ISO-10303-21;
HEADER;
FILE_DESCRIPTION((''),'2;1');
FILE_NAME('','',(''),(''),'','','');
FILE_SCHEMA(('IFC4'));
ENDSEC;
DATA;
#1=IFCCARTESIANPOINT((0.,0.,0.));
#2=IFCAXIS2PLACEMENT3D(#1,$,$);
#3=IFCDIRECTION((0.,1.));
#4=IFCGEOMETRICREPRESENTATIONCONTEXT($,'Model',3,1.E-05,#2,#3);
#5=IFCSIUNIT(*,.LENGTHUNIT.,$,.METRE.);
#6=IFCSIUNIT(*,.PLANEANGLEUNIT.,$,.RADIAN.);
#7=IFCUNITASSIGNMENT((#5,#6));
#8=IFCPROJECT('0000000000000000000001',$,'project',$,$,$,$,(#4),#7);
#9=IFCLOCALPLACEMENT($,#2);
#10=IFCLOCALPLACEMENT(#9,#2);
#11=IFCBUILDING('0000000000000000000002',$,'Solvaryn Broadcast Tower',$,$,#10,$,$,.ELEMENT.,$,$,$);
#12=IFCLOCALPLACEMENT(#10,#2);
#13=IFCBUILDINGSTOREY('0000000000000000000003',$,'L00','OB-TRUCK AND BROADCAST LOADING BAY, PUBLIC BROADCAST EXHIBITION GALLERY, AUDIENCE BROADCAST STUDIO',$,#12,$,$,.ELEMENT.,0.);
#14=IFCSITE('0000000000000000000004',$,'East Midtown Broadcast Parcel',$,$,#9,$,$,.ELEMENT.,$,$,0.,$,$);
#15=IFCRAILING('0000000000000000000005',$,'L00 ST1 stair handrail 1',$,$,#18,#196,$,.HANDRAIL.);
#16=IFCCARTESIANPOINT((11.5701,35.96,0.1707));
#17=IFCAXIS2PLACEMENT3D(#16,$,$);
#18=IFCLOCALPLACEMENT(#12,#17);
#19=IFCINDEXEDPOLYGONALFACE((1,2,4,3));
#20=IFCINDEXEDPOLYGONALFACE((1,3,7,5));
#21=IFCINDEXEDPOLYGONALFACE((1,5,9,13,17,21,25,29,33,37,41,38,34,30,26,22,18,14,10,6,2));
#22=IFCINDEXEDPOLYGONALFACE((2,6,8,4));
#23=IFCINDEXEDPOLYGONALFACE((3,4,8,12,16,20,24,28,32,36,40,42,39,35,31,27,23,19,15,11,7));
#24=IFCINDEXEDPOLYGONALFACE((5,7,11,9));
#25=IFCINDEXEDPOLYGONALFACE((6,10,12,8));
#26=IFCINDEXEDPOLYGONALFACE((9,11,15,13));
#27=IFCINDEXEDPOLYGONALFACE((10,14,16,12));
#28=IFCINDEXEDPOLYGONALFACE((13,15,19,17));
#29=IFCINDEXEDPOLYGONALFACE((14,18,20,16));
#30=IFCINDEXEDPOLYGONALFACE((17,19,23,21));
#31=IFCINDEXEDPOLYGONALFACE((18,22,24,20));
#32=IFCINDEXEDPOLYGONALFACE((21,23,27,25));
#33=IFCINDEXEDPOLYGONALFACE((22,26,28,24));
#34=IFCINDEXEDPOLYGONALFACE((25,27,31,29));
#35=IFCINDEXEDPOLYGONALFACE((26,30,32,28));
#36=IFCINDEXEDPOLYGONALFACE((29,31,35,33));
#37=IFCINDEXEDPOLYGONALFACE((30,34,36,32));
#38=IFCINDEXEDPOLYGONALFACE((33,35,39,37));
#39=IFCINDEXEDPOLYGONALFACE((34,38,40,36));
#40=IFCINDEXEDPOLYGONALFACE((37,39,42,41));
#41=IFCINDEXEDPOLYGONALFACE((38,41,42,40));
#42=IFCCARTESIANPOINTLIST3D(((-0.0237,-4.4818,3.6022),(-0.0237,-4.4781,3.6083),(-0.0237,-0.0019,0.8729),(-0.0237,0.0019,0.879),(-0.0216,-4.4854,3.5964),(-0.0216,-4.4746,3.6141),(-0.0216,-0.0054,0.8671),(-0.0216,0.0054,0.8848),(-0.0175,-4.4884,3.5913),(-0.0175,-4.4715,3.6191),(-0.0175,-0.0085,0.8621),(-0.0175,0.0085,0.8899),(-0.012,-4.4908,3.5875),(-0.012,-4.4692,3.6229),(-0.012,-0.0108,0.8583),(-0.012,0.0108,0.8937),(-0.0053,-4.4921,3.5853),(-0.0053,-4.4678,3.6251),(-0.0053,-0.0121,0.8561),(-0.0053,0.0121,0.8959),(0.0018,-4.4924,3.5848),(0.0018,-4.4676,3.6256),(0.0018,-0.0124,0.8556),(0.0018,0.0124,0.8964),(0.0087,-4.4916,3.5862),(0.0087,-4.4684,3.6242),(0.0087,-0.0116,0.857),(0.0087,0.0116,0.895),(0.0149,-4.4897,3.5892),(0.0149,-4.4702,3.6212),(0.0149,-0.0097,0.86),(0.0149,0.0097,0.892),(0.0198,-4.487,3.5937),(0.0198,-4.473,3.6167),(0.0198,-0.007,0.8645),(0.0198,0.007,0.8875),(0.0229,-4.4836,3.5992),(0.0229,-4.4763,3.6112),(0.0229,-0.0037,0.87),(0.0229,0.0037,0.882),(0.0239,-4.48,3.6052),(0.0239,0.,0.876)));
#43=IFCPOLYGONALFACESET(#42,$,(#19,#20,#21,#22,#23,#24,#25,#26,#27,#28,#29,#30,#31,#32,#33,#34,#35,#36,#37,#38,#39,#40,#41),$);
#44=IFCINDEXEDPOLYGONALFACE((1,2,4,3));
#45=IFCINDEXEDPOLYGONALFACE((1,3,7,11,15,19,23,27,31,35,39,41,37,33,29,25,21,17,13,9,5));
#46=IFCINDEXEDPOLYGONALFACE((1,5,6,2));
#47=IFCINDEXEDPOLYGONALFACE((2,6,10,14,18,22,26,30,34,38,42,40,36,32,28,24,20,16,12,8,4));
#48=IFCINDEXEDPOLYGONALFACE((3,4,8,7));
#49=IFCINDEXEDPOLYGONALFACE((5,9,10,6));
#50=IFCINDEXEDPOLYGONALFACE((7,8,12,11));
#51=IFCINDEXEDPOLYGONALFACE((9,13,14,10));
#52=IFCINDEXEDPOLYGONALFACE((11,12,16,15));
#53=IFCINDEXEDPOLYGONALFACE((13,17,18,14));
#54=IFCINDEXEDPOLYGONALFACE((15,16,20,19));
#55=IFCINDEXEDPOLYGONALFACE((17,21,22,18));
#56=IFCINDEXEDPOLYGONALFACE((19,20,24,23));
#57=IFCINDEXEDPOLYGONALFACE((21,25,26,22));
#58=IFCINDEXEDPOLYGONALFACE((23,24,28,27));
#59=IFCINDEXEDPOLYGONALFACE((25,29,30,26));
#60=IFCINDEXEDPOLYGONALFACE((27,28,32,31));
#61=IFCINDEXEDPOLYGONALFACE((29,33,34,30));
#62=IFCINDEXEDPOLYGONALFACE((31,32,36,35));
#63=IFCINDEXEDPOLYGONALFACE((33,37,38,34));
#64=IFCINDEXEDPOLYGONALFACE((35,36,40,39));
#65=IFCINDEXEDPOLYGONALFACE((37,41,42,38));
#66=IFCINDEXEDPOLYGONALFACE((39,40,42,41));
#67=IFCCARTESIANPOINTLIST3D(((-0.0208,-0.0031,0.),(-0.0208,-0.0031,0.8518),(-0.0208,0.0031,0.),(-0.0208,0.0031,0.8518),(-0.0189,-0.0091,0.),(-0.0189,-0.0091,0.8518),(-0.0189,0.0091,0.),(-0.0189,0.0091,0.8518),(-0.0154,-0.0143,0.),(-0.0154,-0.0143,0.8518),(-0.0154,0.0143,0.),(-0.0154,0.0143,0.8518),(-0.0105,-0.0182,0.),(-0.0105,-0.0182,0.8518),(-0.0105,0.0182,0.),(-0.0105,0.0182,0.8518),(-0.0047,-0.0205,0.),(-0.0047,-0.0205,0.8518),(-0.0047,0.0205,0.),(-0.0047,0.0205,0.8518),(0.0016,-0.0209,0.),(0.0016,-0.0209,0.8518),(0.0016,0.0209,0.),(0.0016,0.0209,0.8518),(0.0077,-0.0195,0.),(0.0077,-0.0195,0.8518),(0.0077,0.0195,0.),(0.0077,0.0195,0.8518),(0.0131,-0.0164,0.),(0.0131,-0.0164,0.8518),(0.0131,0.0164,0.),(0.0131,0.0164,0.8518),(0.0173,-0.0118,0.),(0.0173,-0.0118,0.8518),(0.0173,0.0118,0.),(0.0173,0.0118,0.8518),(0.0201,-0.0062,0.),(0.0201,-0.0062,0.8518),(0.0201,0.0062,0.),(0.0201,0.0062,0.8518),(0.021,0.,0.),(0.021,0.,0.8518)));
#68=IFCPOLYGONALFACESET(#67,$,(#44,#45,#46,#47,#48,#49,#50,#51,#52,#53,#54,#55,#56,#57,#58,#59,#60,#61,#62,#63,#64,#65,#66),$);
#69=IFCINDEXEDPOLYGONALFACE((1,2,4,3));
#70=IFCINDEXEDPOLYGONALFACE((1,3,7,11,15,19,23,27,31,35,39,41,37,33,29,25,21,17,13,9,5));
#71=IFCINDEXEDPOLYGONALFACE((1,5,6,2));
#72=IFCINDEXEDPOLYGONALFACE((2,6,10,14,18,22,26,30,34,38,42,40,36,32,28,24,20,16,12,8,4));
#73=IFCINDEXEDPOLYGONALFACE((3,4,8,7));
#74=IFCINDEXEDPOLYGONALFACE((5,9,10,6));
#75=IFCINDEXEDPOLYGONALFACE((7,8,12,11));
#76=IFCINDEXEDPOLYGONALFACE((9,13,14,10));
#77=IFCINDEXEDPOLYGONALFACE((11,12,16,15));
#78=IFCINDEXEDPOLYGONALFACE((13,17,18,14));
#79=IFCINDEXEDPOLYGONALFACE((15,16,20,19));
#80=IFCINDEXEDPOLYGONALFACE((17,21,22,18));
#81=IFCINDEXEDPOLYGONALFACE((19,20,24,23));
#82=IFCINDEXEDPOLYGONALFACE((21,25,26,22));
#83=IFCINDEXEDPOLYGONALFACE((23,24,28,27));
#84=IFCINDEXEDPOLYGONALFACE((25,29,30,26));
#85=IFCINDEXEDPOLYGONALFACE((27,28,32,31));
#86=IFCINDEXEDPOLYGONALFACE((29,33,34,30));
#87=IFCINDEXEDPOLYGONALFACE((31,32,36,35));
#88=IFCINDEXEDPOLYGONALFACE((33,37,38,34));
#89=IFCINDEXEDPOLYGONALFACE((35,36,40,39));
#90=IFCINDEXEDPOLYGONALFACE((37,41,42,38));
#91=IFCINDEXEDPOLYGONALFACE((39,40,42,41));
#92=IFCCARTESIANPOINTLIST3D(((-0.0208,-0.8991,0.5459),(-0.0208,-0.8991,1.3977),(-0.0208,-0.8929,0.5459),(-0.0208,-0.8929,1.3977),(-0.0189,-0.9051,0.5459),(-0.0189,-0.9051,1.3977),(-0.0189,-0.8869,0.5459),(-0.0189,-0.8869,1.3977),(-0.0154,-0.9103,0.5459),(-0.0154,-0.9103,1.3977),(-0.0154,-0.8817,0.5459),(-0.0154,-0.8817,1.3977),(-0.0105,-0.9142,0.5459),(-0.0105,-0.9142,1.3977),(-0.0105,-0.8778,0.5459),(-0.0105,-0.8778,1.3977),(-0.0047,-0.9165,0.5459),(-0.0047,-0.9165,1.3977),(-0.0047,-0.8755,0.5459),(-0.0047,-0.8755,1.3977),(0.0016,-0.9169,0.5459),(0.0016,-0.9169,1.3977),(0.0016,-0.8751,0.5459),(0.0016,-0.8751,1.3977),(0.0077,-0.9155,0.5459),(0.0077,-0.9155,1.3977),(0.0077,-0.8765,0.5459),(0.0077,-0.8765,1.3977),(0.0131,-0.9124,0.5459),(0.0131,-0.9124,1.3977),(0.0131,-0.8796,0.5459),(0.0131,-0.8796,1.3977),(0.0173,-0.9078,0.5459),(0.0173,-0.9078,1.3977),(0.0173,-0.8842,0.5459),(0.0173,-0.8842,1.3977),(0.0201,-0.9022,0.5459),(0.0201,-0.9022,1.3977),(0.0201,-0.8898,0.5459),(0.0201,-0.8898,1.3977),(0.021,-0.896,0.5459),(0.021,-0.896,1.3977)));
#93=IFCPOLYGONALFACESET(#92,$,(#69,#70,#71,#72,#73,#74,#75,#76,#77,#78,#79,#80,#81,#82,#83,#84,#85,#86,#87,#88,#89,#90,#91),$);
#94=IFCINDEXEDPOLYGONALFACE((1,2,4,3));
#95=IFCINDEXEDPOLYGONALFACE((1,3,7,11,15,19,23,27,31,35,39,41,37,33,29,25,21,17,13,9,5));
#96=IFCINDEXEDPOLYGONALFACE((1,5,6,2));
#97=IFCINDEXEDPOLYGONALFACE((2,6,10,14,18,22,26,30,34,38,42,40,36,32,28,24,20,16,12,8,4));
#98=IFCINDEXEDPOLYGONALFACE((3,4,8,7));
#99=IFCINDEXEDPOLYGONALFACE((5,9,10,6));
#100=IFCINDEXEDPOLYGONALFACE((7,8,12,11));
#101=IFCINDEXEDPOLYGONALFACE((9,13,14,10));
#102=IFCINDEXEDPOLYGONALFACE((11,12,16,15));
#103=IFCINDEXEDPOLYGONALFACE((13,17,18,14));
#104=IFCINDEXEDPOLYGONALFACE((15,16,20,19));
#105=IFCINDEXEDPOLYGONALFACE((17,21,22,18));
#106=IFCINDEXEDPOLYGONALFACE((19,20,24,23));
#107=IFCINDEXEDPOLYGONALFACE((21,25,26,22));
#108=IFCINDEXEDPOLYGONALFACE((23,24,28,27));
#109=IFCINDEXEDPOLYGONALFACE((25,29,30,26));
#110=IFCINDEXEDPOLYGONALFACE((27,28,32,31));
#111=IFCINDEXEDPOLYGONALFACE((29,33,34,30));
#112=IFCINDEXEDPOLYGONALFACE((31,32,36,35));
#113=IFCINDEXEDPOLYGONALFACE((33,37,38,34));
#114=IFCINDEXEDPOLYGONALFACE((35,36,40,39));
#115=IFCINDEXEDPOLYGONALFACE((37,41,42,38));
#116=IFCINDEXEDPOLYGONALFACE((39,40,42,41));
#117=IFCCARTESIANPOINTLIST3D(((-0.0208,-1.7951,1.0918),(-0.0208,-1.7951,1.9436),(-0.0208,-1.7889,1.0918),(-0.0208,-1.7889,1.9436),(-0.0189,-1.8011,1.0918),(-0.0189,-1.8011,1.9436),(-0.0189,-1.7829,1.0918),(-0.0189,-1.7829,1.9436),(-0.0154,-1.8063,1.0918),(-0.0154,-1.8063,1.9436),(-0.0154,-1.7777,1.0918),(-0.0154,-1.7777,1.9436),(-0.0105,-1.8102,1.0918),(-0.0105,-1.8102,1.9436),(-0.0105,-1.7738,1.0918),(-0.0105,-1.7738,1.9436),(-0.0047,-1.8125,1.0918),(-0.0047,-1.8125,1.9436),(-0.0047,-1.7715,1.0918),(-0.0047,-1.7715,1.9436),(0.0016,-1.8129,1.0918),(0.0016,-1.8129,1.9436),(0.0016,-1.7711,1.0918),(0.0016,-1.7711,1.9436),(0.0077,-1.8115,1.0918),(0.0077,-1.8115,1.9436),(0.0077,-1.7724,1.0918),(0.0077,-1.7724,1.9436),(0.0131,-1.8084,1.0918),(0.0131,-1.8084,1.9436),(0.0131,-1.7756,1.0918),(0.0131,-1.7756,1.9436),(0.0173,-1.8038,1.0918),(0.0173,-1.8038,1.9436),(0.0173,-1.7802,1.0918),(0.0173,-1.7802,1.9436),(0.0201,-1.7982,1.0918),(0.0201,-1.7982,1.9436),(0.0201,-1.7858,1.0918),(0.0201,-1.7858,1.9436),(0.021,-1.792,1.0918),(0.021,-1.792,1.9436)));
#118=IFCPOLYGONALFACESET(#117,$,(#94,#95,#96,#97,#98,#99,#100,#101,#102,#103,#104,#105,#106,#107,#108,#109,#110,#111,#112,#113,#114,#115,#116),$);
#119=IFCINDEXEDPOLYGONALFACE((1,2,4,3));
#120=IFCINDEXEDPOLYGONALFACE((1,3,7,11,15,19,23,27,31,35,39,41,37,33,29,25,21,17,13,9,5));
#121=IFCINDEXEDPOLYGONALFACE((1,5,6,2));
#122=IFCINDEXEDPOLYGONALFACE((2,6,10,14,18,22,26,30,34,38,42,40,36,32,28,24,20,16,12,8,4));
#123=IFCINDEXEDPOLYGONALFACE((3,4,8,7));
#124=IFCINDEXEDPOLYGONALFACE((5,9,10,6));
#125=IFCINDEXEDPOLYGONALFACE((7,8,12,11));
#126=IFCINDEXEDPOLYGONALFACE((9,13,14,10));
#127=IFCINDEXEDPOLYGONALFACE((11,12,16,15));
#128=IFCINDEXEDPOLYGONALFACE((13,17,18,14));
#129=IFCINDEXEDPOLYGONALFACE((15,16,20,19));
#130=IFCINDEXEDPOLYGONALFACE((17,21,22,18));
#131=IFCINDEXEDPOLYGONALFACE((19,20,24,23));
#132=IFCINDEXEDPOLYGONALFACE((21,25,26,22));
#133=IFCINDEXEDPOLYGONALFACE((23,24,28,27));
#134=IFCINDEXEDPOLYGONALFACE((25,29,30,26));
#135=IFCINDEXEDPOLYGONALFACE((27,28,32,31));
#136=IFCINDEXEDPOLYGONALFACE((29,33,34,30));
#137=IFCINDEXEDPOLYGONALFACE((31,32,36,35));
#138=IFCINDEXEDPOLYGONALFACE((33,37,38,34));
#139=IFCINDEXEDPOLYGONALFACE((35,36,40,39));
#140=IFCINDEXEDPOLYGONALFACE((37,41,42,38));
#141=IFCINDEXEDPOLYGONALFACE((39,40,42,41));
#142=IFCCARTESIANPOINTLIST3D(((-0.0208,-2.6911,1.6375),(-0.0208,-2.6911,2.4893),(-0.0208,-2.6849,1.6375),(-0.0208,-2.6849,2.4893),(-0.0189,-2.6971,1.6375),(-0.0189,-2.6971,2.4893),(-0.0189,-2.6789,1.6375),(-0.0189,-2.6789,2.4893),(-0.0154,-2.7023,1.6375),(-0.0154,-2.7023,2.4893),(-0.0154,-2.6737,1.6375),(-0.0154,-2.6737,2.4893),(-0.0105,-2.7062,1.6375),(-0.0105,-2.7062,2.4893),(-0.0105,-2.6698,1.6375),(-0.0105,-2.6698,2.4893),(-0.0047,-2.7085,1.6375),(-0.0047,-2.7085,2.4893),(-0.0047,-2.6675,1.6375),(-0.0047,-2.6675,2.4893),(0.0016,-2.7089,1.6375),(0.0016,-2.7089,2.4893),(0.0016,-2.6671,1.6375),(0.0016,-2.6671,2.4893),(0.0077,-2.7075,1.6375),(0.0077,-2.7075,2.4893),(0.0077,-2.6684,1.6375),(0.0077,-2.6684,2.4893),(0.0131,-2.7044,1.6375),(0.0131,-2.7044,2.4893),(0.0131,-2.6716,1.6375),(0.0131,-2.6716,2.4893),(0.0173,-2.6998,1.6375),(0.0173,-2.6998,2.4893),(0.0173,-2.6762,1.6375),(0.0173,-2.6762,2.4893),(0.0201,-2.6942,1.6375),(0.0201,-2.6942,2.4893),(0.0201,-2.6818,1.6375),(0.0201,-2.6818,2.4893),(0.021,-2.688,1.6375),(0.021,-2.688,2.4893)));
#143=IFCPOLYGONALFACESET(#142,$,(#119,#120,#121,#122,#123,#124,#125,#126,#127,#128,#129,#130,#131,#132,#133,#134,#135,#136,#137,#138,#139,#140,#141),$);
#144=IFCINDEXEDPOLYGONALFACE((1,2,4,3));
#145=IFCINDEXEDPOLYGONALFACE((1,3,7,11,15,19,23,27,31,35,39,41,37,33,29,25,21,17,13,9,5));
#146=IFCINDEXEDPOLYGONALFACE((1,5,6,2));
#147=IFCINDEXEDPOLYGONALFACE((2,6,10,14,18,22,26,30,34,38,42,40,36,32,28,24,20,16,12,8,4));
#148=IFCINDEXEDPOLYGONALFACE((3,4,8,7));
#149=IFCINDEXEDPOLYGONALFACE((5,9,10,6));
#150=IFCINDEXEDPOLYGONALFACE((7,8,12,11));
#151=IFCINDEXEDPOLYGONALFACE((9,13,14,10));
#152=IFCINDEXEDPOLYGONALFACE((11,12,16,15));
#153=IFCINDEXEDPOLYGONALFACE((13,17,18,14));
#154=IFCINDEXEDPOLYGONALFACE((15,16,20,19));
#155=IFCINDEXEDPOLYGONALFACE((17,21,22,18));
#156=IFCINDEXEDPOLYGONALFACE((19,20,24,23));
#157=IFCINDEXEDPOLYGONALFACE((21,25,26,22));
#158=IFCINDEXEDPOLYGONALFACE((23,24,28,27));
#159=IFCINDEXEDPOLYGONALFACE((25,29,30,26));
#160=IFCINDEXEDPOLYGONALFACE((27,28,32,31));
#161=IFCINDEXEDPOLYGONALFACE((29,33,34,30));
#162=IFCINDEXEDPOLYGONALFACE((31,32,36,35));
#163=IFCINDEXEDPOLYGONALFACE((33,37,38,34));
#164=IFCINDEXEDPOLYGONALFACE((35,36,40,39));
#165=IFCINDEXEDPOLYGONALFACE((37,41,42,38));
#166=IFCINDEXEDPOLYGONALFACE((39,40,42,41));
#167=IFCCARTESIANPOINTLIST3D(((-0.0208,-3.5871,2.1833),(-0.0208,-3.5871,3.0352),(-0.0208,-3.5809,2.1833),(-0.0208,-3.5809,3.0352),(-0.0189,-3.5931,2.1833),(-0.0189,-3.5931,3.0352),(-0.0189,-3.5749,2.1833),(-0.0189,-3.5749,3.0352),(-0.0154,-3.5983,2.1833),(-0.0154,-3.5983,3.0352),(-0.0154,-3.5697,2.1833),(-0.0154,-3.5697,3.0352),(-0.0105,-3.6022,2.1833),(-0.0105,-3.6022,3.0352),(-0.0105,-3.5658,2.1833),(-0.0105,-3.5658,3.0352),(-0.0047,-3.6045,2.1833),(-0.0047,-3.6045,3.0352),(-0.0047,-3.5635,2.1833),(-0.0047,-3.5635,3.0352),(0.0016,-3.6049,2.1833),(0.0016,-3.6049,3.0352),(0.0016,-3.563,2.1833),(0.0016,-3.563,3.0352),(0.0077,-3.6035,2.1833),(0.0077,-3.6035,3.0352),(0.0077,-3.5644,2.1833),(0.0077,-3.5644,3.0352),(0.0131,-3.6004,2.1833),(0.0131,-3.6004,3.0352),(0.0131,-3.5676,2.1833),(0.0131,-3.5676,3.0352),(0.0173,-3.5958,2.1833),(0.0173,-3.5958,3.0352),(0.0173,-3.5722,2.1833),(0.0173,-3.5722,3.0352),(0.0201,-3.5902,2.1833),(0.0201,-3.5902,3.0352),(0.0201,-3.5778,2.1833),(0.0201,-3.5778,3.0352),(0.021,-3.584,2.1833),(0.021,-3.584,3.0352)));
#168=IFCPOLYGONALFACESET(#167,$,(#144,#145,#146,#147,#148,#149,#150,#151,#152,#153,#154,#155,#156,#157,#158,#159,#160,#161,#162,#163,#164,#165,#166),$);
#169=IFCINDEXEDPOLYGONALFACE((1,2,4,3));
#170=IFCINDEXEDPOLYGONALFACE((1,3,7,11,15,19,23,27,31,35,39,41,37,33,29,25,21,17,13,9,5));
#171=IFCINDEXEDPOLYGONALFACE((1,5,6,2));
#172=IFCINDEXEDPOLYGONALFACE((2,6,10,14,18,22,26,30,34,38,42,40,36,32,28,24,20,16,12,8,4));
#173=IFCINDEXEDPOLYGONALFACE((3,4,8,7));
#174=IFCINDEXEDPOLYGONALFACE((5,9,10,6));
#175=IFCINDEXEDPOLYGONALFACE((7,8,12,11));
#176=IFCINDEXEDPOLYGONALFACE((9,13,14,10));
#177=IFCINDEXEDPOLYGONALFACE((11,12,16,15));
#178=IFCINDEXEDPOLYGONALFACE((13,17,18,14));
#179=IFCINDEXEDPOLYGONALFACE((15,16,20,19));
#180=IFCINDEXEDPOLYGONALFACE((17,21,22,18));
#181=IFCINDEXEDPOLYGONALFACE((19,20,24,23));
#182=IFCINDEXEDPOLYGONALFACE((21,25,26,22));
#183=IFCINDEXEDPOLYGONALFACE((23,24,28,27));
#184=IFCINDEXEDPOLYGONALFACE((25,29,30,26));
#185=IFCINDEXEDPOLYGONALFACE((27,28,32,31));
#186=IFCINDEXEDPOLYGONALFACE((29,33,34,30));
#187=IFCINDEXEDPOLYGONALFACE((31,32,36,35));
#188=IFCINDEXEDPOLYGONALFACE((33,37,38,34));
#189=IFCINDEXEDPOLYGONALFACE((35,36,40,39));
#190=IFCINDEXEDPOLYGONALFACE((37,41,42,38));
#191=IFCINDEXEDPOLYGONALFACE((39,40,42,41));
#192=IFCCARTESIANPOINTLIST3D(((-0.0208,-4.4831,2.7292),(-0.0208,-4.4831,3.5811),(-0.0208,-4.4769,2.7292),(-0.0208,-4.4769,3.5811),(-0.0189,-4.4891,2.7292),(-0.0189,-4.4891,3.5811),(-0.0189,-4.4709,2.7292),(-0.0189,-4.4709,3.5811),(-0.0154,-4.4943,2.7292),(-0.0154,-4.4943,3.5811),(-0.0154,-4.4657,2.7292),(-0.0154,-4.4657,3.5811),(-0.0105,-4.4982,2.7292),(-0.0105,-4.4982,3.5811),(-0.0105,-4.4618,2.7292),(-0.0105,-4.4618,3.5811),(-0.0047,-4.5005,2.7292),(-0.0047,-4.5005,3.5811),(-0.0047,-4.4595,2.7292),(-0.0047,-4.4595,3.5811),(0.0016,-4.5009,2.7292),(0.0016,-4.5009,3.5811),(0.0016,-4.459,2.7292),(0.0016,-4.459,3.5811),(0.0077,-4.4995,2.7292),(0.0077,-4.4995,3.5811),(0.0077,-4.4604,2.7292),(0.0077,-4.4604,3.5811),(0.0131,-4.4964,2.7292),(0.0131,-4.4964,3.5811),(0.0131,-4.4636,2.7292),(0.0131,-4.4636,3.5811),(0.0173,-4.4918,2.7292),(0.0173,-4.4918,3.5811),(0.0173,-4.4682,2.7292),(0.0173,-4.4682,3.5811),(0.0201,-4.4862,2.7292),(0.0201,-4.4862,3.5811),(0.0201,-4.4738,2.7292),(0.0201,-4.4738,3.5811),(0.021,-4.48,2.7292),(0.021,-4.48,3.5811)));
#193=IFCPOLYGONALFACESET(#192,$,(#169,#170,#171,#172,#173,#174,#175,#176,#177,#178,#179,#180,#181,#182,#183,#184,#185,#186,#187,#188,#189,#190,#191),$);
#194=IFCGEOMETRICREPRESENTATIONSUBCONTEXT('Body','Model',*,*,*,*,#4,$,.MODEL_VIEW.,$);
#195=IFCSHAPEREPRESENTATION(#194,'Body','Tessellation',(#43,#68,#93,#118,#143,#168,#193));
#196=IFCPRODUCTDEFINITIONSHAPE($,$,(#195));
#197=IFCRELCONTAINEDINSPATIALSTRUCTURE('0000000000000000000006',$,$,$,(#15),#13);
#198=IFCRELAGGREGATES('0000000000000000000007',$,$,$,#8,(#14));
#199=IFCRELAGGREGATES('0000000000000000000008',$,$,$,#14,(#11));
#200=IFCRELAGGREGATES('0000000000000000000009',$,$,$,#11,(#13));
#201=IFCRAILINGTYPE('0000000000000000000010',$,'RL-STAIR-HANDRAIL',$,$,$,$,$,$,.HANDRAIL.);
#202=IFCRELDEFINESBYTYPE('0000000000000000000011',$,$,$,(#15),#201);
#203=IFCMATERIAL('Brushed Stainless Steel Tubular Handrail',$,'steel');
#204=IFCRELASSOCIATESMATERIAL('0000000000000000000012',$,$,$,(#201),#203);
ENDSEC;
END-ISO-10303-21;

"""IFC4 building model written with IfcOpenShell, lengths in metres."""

from ifc_helpers import new_model, si_unit, direction, frame, origin, origin_2d, place, context, subcontext, project, spatial, circle, extrude, material, type_object, element, save


model = new_model("IFC4")

# Units and contexts
model_context = context("Model", 3, precision=1e-05, world=origin(), true_north=direction((0.0, 1.0)))
body_context = subcontext(model_context, "Body", "Model", "MODEL_VIEW")
ifc_project = project(units=[si_unit("LENGTHUNIT", "METRE"), si_unit("PLANEANGLEUNIT", "RADIAN")], contexts=[model_context])

# Site, building, storey
site_placement = place(None, origin())
site = spatial("IfcSite", under=ifc_project, at=site_placement, Name="East Midtown Broadcast Parcel", CompositionType="ELEMENT", RefElevation=0.0)
building_placement = place(site_placement, origin())
building = spatial("IfcBuilding", under=site, at=building_placement, Name="Solvaryn Broadcast Tower", CompositionType="ELEMENT")
storey_placement = place(building_placement, origin())
storey = spatial("IfcBuildingStorey", under=building, at=storey_placement, Name="L00", Description="OB-TRUCK AND BROADCAST LOADING BAY, PUBLIC BROADCAST EXHIBITION GALLERY, AUDIENCE BROADCAST STUDIO", CompositionType="ELEMENT", Elevation=0.0)

# Railing
ifc_material_1 = material(Name="Brushed Stainless Steel Tubular Handrail", Category="steel")
railing_type_1 = type_object("IfcRailingType", Name="RL-STAIR-HANDRAIL", PredefinedType="HANDRAIL", material=ifc_material_1)
railing_1_placement = place(storey_placement, frame((11.5701, 35.96, 0.1707)))
element("IfcRailing", 1, at=railing_1_placement, inside=storey, type_object=railing_type_1, Name="L00 ST1 stair handrail 1", PredefinedType="HANDRAIL", context=body_context, shape_type="SweptSolid", body=[
    extrude(circle(Radius=0.0239, at=origin_2d()), frame((0.0, 0.0, 0.876), z_axis=(0.0, -0.854003, 0.520267), x_axis=(1.0, 0.0, 0.0)), (0.0, 0.0, 1.0), 5.2458),
    extrude(circle(Radius=0.021, at=origin_2d()), origin(), (0.0, 0.0, 1.0), 0.8518),
    extrude(circle(Radius=0.021, at=origin_2d()), frame((0.0, -0.896, 0.5459)), (0.0, 0.0, 1.0), 0.8518),
    extrude(circle(Radius=0.021, at=origin_2d()), frame((0.0, -1.792, 1.0918)), (0.0, 0.0, 1.0), 0.8518),
    extrude(circle(Radius=0.021, at=origin_2d()), frame((0.0, -2.688, 1.6375)), (0.0, 0.0, 1.0), 0.8518),
    extrude(circle(Radius=0.021, at=origin_2d()), frame((0.0, -3.584, 2.1833)), (0.0, 0.0, 1.0), 0.8518),
    extrude(circle(Radius=0.021, at=origin_2d()), frame((0.0, -4.48, 2.7292)), (0.0, 0.0, 1.0), 0.8518),
])

save(model, "model.ifc")
